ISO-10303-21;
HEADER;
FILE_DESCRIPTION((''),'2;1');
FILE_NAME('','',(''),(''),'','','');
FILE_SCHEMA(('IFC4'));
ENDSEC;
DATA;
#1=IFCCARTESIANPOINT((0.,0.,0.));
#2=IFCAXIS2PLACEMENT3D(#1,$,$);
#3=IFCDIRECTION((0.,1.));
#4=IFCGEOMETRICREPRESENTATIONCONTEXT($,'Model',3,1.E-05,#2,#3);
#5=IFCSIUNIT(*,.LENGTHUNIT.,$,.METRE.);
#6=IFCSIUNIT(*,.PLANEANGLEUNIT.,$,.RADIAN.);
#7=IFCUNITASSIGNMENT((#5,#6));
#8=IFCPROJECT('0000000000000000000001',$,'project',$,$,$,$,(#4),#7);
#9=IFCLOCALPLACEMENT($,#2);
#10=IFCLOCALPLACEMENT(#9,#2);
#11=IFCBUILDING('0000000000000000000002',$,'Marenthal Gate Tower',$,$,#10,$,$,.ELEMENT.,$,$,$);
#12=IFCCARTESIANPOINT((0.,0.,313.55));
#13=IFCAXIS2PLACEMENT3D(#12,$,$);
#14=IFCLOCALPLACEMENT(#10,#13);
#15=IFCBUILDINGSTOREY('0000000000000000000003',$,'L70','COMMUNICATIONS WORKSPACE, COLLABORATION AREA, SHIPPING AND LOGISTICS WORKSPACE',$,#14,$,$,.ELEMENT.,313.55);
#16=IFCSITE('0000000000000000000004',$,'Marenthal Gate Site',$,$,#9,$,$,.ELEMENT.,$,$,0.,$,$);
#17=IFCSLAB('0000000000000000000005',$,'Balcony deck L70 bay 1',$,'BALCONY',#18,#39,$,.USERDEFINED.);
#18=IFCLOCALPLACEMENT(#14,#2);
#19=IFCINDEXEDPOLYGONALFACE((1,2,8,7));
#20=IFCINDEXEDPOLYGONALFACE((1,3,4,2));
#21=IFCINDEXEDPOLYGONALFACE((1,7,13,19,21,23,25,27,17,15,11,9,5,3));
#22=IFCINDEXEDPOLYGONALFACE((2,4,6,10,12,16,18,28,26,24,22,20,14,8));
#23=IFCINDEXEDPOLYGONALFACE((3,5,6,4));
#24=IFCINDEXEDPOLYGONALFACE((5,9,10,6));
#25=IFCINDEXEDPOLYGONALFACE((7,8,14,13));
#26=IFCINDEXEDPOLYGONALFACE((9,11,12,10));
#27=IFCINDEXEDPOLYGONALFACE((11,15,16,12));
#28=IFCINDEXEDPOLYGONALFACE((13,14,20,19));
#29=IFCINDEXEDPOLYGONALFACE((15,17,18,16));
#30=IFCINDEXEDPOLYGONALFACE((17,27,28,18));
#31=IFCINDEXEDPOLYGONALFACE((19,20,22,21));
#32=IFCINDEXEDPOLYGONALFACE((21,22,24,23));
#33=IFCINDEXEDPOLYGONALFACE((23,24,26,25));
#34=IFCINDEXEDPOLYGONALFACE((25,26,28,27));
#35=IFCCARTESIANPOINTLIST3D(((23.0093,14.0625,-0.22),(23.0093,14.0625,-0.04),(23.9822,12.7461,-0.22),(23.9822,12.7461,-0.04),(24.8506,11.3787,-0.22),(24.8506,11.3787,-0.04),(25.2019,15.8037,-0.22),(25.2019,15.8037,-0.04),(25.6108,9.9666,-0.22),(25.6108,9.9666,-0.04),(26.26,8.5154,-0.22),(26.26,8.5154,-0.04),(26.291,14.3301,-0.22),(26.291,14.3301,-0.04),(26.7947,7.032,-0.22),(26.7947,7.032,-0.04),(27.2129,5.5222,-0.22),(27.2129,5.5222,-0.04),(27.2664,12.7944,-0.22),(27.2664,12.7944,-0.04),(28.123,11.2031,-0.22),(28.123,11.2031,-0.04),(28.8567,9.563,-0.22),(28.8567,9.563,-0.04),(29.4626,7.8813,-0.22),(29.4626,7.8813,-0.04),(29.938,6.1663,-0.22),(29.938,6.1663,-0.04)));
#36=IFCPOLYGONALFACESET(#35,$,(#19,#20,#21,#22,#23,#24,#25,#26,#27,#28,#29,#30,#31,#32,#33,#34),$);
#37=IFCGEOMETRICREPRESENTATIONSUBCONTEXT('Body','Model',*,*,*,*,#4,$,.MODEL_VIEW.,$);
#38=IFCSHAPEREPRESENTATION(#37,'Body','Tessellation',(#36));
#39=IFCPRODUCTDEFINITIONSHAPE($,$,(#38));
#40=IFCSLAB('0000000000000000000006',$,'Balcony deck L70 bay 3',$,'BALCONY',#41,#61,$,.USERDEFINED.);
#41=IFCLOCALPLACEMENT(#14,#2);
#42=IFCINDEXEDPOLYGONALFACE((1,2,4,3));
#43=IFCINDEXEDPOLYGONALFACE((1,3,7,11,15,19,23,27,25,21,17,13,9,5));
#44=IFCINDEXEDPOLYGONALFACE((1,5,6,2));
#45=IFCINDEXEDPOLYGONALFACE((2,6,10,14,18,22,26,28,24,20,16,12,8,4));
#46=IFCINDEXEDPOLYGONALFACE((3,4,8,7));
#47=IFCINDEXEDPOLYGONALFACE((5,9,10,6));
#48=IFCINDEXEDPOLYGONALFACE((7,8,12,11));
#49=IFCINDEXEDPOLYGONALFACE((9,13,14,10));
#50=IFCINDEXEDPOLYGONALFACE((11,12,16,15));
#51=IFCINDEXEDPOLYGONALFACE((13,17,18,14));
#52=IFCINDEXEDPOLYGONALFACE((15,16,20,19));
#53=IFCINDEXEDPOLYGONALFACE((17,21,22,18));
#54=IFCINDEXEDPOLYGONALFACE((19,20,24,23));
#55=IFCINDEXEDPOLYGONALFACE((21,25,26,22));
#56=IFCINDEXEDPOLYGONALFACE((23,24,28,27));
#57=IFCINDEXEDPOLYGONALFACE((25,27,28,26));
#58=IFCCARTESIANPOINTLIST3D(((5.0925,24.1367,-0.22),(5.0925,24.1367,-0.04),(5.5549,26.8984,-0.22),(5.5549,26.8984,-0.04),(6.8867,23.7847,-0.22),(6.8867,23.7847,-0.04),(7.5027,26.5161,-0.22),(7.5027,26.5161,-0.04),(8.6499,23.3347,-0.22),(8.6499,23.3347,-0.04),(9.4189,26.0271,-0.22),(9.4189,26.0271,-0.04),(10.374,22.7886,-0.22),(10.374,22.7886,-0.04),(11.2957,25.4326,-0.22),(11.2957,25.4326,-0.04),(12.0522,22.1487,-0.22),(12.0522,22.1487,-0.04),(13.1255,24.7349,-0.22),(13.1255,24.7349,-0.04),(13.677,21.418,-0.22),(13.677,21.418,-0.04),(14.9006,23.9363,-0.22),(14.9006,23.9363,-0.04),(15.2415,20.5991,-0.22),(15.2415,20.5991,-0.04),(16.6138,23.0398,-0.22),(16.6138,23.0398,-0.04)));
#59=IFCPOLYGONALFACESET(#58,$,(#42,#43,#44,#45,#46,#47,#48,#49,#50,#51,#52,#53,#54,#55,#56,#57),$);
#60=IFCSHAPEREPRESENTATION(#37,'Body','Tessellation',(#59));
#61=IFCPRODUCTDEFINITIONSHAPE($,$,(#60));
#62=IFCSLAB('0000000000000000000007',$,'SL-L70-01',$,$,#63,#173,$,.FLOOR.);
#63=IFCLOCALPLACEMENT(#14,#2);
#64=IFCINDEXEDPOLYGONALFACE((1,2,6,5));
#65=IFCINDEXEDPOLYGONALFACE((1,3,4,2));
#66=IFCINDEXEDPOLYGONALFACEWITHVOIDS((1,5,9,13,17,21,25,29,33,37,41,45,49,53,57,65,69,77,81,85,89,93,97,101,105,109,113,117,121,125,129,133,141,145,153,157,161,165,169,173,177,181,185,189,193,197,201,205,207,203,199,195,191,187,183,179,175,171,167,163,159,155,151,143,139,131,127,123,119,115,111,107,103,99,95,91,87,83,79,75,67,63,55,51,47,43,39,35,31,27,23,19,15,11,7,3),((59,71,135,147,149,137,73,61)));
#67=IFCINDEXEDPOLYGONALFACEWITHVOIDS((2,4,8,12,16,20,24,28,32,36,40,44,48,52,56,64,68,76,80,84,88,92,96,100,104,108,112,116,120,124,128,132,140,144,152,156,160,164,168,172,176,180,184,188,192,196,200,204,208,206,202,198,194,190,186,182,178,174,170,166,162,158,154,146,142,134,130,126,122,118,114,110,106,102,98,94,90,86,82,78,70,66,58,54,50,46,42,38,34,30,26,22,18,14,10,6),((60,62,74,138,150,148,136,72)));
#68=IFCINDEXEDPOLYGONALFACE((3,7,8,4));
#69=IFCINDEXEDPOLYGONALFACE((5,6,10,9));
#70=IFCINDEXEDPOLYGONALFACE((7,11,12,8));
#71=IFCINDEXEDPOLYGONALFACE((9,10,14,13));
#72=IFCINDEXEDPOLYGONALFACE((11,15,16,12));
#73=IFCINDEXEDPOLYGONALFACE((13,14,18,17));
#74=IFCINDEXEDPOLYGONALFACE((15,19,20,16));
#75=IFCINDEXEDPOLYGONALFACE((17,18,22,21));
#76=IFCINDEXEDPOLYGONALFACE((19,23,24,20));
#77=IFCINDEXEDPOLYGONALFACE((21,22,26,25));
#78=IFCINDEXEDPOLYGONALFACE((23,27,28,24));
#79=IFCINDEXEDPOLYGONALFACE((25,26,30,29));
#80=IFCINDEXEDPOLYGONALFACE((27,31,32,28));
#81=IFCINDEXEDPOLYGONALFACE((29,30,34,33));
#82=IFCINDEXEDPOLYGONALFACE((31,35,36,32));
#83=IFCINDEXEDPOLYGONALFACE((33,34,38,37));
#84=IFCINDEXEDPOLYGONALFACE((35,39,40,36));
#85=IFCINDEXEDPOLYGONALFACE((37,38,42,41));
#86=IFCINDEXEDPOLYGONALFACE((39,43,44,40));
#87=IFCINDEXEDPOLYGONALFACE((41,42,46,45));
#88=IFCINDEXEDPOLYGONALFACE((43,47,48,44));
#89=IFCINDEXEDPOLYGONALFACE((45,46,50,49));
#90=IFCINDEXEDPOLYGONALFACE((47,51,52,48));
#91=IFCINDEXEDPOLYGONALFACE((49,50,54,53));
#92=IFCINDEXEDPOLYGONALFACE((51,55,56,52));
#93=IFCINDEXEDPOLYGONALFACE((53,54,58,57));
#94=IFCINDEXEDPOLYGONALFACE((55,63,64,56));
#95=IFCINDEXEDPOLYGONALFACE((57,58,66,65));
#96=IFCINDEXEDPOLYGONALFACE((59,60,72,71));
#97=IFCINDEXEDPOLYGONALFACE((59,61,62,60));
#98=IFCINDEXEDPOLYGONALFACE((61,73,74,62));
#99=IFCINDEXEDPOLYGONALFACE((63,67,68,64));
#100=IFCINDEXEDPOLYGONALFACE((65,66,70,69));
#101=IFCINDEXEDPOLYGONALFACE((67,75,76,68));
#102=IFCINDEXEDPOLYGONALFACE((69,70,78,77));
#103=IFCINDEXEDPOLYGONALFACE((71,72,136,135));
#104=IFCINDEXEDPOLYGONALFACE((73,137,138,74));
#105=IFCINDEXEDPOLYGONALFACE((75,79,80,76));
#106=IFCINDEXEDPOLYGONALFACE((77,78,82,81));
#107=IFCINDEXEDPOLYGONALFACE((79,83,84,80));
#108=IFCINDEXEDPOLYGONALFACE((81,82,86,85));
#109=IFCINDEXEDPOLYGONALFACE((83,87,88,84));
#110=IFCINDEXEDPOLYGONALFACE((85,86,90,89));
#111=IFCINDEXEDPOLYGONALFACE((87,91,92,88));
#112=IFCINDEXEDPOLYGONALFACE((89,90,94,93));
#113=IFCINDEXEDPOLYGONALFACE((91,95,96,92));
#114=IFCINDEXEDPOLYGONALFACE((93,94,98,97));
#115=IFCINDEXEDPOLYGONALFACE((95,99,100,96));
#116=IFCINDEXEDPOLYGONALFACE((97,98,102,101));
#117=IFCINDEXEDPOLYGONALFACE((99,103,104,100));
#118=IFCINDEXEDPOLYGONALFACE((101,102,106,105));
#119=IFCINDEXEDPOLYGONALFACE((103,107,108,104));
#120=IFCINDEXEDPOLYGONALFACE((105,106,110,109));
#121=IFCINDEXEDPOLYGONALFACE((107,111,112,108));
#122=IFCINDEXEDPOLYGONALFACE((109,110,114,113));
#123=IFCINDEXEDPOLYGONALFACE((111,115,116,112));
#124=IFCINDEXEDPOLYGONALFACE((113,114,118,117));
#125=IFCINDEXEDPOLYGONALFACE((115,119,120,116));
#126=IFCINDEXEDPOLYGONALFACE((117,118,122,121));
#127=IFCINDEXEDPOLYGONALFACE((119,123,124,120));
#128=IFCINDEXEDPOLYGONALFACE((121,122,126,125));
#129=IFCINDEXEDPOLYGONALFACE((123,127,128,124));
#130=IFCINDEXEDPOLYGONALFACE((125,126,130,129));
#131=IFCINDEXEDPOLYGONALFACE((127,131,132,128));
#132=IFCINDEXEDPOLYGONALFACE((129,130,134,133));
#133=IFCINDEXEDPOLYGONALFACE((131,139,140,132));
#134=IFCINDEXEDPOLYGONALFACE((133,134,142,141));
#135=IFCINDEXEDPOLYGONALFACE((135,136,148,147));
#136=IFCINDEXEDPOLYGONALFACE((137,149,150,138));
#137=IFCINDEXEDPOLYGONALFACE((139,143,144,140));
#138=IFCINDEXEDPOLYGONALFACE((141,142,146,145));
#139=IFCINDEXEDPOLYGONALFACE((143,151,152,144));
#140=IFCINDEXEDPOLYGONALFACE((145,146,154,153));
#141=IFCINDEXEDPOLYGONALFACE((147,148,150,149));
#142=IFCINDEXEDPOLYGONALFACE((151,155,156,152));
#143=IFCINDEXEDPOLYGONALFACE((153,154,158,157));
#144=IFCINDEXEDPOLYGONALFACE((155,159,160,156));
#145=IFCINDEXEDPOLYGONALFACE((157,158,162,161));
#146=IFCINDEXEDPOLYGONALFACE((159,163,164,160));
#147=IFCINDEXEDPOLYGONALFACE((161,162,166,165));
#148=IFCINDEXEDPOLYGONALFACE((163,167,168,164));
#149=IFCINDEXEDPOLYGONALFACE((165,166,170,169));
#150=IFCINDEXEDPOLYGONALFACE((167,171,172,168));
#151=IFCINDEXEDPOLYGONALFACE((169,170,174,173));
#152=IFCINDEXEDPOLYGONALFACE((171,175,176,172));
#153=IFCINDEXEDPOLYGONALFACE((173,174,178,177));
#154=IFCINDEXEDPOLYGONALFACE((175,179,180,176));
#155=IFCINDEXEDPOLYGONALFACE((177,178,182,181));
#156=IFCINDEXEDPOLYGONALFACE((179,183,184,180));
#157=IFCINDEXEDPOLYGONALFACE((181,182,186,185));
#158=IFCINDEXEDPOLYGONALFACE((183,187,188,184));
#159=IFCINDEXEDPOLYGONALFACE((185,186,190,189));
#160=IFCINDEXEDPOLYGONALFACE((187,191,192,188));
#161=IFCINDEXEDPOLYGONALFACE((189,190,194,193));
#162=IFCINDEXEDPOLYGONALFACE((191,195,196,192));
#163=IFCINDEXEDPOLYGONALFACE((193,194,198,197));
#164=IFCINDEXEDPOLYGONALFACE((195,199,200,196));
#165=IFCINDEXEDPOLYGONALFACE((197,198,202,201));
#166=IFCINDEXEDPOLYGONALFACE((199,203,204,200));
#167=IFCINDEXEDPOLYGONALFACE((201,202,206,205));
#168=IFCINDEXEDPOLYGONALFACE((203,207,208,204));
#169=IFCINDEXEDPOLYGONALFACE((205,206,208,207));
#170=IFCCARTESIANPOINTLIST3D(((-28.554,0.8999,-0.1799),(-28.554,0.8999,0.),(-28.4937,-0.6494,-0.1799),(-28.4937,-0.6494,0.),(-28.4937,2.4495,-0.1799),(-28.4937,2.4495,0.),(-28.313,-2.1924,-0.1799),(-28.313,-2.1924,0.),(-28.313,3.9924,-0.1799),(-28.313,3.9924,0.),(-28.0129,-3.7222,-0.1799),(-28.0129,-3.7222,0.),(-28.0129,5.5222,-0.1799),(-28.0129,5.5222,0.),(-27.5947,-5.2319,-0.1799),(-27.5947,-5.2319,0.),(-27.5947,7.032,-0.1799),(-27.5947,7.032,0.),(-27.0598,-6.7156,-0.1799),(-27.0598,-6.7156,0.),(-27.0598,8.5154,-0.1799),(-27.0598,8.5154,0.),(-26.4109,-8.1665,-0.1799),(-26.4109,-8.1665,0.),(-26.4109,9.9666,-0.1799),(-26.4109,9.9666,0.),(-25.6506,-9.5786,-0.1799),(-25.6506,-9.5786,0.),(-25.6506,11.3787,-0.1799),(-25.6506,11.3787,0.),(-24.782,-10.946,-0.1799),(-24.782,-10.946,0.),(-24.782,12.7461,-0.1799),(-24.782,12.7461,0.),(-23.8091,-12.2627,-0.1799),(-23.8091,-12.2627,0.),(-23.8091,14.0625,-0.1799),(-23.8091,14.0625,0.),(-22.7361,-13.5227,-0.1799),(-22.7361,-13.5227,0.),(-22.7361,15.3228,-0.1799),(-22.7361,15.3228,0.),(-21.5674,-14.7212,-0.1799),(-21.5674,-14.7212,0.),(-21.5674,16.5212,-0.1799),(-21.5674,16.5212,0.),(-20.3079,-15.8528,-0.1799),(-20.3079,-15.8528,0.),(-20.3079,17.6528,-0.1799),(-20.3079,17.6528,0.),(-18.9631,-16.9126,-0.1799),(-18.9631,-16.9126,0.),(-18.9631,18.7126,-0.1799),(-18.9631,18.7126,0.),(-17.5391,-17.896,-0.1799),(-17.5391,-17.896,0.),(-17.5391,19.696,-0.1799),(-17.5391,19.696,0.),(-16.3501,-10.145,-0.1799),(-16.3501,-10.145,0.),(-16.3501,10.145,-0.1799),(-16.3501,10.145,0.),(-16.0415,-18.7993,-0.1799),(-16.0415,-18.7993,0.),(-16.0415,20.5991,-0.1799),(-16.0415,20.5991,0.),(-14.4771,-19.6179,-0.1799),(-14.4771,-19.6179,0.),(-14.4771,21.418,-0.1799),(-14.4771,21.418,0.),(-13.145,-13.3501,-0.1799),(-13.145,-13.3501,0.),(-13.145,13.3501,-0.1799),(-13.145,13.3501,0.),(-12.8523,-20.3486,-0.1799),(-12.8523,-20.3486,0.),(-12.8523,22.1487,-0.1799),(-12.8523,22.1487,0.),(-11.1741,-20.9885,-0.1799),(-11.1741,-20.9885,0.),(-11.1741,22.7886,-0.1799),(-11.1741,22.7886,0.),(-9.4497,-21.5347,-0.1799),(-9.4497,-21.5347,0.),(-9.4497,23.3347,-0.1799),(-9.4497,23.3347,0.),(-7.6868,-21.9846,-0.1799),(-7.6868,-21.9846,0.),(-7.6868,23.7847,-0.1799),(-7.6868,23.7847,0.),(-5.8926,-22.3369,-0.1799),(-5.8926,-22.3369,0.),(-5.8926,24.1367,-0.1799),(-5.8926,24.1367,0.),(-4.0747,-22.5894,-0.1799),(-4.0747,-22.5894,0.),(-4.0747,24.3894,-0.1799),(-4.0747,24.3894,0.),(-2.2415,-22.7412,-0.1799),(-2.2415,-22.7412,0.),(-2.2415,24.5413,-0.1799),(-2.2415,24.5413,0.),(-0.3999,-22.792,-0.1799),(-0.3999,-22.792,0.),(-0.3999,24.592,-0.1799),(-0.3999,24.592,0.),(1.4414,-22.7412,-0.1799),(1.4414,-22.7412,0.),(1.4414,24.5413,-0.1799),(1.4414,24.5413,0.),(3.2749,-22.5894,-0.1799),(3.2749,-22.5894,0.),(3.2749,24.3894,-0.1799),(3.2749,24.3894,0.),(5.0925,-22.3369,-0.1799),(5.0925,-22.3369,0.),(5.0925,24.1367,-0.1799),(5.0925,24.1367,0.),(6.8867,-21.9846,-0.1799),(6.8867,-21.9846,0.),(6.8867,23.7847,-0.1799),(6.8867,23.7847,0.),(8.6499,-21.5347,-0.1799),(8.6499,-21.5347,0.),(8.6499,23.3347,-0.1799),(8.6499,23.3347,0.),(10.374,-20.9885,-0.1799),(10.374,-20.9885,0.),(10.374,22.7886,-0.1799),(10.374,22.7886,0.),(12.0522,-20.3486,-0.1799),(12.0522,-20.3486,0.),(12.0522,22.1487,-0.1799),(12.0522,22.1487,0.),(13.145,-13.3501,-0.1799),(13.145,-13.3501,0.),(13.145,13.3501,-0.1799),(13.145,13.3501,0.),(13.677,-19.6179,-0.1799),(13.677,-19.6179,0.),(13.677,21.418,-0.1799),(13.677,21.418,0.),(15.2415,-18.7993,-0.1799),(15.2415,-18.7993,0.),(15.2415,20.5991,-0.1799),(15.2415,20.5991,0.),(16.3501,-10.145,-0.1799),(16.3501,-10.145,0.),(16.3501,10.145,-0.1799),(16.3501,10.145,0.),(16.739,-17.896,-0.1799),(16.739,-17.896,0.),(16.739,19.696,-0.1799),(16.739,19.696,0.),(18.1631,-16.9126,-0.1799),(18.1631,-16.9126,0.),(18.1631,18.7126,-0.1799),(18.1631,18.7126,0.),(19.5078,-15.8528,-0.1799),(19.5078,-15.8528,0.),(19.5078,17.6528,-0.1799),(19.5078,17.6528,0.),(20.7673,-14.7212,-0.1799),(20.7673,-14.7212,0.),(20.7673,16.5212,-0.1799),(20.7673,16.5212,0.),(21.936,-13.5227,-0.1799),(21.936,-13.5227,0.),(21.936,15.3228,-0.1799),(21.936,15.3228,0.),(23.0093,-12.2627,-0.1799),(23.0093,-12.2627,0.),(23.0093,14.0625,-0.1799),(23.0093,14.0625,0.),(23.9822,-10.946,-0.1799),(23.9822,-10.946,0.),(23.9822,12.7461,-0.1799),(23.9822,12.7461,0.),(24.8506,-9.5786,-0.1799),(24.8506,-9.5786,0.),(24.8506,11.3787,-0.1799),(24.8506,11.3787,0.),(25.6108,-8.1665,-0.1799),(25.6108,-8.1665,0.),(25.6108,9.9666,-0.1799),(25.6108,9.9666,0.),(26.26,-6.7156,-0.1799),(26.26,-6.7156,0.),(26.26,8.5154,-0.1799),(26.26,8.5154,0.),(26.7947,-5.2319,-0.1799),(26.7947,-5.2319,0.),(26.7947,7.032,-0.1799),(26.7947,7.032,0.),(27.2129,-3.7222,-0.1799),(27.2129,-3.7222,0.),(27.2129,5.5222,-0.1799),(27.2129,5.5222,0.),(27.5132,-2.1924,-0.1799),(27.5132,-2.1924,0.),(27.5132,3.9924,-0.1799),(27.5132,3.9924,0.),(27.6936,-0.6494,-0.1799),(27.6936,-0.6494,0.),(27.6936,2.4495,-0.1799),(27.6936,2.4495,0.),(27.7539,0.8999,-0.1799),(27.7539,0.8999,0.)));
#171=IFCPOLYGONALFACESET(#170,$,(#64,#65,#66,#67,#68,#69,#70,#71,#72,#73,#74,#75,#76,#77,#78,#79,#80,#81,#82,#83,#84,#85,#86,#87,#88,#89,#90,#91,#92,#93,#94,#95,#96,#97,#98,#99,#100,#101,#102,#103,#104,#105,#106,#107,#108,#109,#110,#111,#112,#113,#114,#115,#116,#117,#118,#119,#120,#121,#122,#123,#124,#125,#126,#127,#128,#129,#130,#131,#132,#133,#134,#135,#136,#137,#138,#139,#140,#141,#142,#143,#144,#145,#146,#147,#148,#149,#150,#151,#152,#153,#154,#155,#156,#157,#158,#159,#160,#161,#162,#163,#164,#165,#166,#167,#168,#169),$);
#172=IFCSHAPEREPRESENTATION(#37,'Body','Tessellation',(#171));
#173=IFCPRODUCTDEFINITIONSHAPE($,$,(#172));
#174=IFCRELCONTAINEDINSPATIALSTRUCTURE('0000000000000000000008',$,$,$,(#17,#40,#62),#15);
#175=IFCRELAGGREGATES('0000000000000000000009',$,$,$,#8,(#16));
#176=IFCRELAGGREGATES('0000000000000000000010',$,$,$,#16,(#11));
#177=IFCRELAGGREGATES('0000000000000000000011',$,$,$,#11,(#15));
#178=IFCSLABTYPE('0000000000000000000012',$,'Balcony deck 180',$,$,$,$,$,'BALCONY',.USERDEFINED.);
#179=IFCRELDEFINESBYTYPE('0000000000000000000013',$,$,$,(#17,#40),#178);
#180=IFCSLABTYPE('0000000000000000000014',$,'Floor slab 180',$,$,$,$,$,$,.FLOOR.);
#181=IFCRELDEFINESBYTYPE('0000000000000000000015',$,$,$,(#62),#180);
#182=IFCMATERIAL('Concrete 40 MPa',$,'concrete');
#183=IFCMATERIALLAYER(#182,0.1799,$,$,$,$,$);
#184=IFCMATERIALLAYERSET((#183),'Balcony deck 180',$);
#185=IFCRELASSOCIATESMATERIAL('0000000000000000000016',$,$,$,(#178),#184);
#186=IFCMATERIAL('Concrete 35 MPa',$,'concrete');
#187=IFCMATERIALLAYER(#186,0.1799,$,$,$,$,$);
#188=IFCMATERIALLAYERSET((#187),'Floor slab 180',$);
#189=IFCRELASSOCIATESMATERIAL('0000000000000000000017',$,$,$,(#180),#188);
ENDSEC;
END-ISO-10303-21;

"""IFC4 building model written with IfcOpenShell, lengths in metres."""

from ifc_helpers import new_model, si_unit, direction, frame, origin, place, context, subcontext, project, spatial, polyline, outline, extrude, material, layer, layer_set, type_object, element, save


model = new_model("IFC4")

# Units and contexts
model_context = context("Model", 3, precision=1e-05, world=origin(), true_north=direction((0.0, 1.0)))
body_context = subcontext(model_context, "Body", "Model", "MODEL_VIEW")
ifc_project = project(units=[si_unit("LENGTHUNIT", "METRE"), si_unit("PLANEANGLEUNIT", "RADIAN")], contexts=[model_context])

# Site, building, storey
site_placement = place(None, origin())
site = spatial("IfcSite", under=ifc_project, at=site_placement, Name="Marenthal Gate Site", CompositionType="ELEMENT", RefElevation=0.0)
building_placement = place(site_placement, origin())
building = spatial("IfcBuilding", under=site, at=building_placement, Name="Marenthal Gate Tower", CompositionType="ELEMENT")
storey_placement = place(building_placement, frame((0.0, 0.0, 313.55)))
storey = spatial("IfcBuildingStorey", under=building, at=storey_placement, Name="L70", Description="COMMUNICATIONS WORKSPACE, COLLABORATION AREA, SHIPPING AND LOGISTICS WORKSPACE", CompositionType="ELEMENT", Elevation=313.55)

# Slabs
ifc_material_1 = material(Name="Concrete 40 MPa", Category="concrete")
ifc_layer_1 = layer(ifc_material_1, 0.1799)
ifc_layer_set_1 = layer_set([ifc_layer_1], Name="Balcony deck 180")
slab_type_1 = type_object("IfcSlabType", Name="Balcony deck 180", ElementType="BALCONY", PredefinedType="USERDEFINED", material=ifc_layer_set_1)
slab_1_placement = place(storey_placement, frame((0.0, 0.0, -0.22)))
element("IfcSlab", 1, at=slab_1_placement, inside=storey, type_object=slab_type_1, Name="Balcony deck L70 bay 1", ObjectType="BALCONY", PredefinedType="USERDEFINED", context=body_context, shape_type="SweptSolid", body=[
    extrude(outline(polyline([(27.2129, 5.5222), (26.7947, 7.032), (26.26, 8.5154), (25.6108, 9.9666), (24.8506, 11.3787), (23.9822, 12.7461), (23.0093, 14.0625), (25.2019, 15.8037), (26.291, 14.3301), (27.2664, 12.7944), (28.123, 11.2031), (28.8567, 9.563), (29.4626, 7.8813), (29.938, 6.1663), (27.2129, 5.5222)])), origin(), (0.0, 0.0, 1.0), 0.1799),
])
slab_2_placement = place(storey_placement, frame((0.0, 0.0, -0.22)))
element("IfcSlab", 2, at=slab_2_placement, inside=storey, type_object=slab_type_1, Name="Balcony deck L70 bay 3", ObjectType="BALCONY", PredefinedType="USERDEFINED", context=body_context, shape_type="SweptSolid", body=[
    extrude(outline(polyline([(15.2415, 20.5991), (13.677, 21.418), (12.0522, 22.1487), (10.374, 22.7886), (8.6499, 23.3347), (6.8867, 23.7847), (5.0925, 24.1367), (5.5549, 26.8984), (7.5027, 26.5161), (9.4189, 26.0271), (11.2957, 25.4326), (13.1255, 24.7349), (14.9006, 23.9363), (16.6138, 23.0398), (15.2415, 20.5991)])), origin(), (0.0, 0.0, 1.0), 0.1799),
])
ifc_material_2 = material(Name="Concrete 35 MPa", Category="concrete")
ifc_layer_2 = layer(ifc_material_2, 0.1799)
ifc_layer_set_2 = layer_set([ifc_layer_2], Name="Floor slab 180")
slab_type_2 = type_object("IfcSlabType", Name="Floor slab 180", PredefinedType="FLOOR", material=ifc_layer_set_2)
slab_3_placement = place(storey_placement, frame((0.0, 0.0, -0.1799)))
element("IfcSlab", 3, at=slab_3_placement, inside=storey, type_object=slab_type_2, Name="SL-L70-01", PredefinedType="FLOOR", context=body_context, shape_type="SweptSolid", body=[
    extrude(outline(polyline([(27.7539, 0.8999), (27.6936, 2.4495), (27.5132, 3.9924), (27.2129, 5.5222), (26.7947, 7.032), (26.26, 8.5154), (25.6108, 9.9666), (24.8506, 11.3787), (23.9822, 12.7461), (23.0093, 14.0625), (21.936, 15.3228), (20.7673, 16.5212), (19.5078, 17.6528), (18.1631, 18.7126), (16.739, 19.696), (15.2415, 20.5991), (13.677, 21.418), (12.0522, 22.1487), (10.374, 22.7886), (8.6499, 23.3347), (6.8867, 23.7847), (5.0925, 24.1367), (3.2749, 24.3894), (1.4414, 24.5413), (-0.3999, 24.592), (-2.2415, 24.5413), (-4.0747, 24.3894), (-5.8926, 24.1367), (-7.6868, 23.7847), (-9.4497, 23.3347), (-11.1741, 22.7886), (-12.8523, 22.1487), (-14.4771, 21.418), (-16.0415, 20.5991), (-17.5391, 19.696), (-18.9631, 18.7126), (-20.3079, 17.6528), (-21.5674, 16.5212), (-22.7361, 15.3228), (-23.8091, 14.0625), (-24.782, 12.7461), (-25.6506, 11.3787), (-26.4109, 9.9666), (-27.0598, 8.5154), (-27.5947, 7.032), (-28.0129, 5.5222), (-28.313, 3.9924), (-28.4937, 2.4495), (-28.554, 0.8999), (-28.4937, -0.6494), (-28.313, -2.1924), (-28.0129, -3.7222), (-27.5947, -5.2319), (-27.0598, -6.7156), (-26.4109, -8.1665), (-25.6506, -9.5786), (-24.782, -10.946), (-23.8091, -12.2627), (-22.7361, -13.5227), (-21.5674, -14.7212), (-20.3079, -15.8528), (-18.9631, -16.9126), (-17.5391, -17.896), (-16.0415, -18.7993), (-14.4771, -19.6179), (-12.8523, -20.3486), (-11.1741, -20.9885), (-9.4497, -21.5347), (-7.6868, -21.9846), (-5.8926, -22.3369), (-4.0747, -22.5894), (-2.2415, -22.7412), (-0.3999, -22.792), (1.4414, -22.7412), (3.2749, -22.5894), (5.0925, -22.3369), (6.8867, -21.9846), (8.6499, -21.5347), (10.374, -20.9885), (12.0522, -20.3486), (13.677, -19.6179), (15.2415, -18.7993), (16.739, -17.896), (18.1631, -16.9126), (19.5078, -15.8528), (20.7673, -14.7212), (21.936, -13.5227), (23.0093, -12.2627), (23.9822, -10.946), (24.8506, -9.5786), (25.6108, -8.1665), (26.26, -6.7156), (26.7947, -5.2319), (27.2129, -3.7222), (27.5132, -2.1924), (27.6936, -0.6494), (27.7539, 0.8999)]), holes=[polyline([(13.145, -13.3501), (16.3501, -10.145), (16.3501, 10.145), (13.145, 13.3501), (-13.145, 13.3501), (-16.3501, 10.145), (-16.3501, -10.145), (-13.145, -13.3501), (13.145, -13.3501)])]), origin(), (0.0, 0.0, 1.0), 0.1799),
])

save(model, "model.ifc")
